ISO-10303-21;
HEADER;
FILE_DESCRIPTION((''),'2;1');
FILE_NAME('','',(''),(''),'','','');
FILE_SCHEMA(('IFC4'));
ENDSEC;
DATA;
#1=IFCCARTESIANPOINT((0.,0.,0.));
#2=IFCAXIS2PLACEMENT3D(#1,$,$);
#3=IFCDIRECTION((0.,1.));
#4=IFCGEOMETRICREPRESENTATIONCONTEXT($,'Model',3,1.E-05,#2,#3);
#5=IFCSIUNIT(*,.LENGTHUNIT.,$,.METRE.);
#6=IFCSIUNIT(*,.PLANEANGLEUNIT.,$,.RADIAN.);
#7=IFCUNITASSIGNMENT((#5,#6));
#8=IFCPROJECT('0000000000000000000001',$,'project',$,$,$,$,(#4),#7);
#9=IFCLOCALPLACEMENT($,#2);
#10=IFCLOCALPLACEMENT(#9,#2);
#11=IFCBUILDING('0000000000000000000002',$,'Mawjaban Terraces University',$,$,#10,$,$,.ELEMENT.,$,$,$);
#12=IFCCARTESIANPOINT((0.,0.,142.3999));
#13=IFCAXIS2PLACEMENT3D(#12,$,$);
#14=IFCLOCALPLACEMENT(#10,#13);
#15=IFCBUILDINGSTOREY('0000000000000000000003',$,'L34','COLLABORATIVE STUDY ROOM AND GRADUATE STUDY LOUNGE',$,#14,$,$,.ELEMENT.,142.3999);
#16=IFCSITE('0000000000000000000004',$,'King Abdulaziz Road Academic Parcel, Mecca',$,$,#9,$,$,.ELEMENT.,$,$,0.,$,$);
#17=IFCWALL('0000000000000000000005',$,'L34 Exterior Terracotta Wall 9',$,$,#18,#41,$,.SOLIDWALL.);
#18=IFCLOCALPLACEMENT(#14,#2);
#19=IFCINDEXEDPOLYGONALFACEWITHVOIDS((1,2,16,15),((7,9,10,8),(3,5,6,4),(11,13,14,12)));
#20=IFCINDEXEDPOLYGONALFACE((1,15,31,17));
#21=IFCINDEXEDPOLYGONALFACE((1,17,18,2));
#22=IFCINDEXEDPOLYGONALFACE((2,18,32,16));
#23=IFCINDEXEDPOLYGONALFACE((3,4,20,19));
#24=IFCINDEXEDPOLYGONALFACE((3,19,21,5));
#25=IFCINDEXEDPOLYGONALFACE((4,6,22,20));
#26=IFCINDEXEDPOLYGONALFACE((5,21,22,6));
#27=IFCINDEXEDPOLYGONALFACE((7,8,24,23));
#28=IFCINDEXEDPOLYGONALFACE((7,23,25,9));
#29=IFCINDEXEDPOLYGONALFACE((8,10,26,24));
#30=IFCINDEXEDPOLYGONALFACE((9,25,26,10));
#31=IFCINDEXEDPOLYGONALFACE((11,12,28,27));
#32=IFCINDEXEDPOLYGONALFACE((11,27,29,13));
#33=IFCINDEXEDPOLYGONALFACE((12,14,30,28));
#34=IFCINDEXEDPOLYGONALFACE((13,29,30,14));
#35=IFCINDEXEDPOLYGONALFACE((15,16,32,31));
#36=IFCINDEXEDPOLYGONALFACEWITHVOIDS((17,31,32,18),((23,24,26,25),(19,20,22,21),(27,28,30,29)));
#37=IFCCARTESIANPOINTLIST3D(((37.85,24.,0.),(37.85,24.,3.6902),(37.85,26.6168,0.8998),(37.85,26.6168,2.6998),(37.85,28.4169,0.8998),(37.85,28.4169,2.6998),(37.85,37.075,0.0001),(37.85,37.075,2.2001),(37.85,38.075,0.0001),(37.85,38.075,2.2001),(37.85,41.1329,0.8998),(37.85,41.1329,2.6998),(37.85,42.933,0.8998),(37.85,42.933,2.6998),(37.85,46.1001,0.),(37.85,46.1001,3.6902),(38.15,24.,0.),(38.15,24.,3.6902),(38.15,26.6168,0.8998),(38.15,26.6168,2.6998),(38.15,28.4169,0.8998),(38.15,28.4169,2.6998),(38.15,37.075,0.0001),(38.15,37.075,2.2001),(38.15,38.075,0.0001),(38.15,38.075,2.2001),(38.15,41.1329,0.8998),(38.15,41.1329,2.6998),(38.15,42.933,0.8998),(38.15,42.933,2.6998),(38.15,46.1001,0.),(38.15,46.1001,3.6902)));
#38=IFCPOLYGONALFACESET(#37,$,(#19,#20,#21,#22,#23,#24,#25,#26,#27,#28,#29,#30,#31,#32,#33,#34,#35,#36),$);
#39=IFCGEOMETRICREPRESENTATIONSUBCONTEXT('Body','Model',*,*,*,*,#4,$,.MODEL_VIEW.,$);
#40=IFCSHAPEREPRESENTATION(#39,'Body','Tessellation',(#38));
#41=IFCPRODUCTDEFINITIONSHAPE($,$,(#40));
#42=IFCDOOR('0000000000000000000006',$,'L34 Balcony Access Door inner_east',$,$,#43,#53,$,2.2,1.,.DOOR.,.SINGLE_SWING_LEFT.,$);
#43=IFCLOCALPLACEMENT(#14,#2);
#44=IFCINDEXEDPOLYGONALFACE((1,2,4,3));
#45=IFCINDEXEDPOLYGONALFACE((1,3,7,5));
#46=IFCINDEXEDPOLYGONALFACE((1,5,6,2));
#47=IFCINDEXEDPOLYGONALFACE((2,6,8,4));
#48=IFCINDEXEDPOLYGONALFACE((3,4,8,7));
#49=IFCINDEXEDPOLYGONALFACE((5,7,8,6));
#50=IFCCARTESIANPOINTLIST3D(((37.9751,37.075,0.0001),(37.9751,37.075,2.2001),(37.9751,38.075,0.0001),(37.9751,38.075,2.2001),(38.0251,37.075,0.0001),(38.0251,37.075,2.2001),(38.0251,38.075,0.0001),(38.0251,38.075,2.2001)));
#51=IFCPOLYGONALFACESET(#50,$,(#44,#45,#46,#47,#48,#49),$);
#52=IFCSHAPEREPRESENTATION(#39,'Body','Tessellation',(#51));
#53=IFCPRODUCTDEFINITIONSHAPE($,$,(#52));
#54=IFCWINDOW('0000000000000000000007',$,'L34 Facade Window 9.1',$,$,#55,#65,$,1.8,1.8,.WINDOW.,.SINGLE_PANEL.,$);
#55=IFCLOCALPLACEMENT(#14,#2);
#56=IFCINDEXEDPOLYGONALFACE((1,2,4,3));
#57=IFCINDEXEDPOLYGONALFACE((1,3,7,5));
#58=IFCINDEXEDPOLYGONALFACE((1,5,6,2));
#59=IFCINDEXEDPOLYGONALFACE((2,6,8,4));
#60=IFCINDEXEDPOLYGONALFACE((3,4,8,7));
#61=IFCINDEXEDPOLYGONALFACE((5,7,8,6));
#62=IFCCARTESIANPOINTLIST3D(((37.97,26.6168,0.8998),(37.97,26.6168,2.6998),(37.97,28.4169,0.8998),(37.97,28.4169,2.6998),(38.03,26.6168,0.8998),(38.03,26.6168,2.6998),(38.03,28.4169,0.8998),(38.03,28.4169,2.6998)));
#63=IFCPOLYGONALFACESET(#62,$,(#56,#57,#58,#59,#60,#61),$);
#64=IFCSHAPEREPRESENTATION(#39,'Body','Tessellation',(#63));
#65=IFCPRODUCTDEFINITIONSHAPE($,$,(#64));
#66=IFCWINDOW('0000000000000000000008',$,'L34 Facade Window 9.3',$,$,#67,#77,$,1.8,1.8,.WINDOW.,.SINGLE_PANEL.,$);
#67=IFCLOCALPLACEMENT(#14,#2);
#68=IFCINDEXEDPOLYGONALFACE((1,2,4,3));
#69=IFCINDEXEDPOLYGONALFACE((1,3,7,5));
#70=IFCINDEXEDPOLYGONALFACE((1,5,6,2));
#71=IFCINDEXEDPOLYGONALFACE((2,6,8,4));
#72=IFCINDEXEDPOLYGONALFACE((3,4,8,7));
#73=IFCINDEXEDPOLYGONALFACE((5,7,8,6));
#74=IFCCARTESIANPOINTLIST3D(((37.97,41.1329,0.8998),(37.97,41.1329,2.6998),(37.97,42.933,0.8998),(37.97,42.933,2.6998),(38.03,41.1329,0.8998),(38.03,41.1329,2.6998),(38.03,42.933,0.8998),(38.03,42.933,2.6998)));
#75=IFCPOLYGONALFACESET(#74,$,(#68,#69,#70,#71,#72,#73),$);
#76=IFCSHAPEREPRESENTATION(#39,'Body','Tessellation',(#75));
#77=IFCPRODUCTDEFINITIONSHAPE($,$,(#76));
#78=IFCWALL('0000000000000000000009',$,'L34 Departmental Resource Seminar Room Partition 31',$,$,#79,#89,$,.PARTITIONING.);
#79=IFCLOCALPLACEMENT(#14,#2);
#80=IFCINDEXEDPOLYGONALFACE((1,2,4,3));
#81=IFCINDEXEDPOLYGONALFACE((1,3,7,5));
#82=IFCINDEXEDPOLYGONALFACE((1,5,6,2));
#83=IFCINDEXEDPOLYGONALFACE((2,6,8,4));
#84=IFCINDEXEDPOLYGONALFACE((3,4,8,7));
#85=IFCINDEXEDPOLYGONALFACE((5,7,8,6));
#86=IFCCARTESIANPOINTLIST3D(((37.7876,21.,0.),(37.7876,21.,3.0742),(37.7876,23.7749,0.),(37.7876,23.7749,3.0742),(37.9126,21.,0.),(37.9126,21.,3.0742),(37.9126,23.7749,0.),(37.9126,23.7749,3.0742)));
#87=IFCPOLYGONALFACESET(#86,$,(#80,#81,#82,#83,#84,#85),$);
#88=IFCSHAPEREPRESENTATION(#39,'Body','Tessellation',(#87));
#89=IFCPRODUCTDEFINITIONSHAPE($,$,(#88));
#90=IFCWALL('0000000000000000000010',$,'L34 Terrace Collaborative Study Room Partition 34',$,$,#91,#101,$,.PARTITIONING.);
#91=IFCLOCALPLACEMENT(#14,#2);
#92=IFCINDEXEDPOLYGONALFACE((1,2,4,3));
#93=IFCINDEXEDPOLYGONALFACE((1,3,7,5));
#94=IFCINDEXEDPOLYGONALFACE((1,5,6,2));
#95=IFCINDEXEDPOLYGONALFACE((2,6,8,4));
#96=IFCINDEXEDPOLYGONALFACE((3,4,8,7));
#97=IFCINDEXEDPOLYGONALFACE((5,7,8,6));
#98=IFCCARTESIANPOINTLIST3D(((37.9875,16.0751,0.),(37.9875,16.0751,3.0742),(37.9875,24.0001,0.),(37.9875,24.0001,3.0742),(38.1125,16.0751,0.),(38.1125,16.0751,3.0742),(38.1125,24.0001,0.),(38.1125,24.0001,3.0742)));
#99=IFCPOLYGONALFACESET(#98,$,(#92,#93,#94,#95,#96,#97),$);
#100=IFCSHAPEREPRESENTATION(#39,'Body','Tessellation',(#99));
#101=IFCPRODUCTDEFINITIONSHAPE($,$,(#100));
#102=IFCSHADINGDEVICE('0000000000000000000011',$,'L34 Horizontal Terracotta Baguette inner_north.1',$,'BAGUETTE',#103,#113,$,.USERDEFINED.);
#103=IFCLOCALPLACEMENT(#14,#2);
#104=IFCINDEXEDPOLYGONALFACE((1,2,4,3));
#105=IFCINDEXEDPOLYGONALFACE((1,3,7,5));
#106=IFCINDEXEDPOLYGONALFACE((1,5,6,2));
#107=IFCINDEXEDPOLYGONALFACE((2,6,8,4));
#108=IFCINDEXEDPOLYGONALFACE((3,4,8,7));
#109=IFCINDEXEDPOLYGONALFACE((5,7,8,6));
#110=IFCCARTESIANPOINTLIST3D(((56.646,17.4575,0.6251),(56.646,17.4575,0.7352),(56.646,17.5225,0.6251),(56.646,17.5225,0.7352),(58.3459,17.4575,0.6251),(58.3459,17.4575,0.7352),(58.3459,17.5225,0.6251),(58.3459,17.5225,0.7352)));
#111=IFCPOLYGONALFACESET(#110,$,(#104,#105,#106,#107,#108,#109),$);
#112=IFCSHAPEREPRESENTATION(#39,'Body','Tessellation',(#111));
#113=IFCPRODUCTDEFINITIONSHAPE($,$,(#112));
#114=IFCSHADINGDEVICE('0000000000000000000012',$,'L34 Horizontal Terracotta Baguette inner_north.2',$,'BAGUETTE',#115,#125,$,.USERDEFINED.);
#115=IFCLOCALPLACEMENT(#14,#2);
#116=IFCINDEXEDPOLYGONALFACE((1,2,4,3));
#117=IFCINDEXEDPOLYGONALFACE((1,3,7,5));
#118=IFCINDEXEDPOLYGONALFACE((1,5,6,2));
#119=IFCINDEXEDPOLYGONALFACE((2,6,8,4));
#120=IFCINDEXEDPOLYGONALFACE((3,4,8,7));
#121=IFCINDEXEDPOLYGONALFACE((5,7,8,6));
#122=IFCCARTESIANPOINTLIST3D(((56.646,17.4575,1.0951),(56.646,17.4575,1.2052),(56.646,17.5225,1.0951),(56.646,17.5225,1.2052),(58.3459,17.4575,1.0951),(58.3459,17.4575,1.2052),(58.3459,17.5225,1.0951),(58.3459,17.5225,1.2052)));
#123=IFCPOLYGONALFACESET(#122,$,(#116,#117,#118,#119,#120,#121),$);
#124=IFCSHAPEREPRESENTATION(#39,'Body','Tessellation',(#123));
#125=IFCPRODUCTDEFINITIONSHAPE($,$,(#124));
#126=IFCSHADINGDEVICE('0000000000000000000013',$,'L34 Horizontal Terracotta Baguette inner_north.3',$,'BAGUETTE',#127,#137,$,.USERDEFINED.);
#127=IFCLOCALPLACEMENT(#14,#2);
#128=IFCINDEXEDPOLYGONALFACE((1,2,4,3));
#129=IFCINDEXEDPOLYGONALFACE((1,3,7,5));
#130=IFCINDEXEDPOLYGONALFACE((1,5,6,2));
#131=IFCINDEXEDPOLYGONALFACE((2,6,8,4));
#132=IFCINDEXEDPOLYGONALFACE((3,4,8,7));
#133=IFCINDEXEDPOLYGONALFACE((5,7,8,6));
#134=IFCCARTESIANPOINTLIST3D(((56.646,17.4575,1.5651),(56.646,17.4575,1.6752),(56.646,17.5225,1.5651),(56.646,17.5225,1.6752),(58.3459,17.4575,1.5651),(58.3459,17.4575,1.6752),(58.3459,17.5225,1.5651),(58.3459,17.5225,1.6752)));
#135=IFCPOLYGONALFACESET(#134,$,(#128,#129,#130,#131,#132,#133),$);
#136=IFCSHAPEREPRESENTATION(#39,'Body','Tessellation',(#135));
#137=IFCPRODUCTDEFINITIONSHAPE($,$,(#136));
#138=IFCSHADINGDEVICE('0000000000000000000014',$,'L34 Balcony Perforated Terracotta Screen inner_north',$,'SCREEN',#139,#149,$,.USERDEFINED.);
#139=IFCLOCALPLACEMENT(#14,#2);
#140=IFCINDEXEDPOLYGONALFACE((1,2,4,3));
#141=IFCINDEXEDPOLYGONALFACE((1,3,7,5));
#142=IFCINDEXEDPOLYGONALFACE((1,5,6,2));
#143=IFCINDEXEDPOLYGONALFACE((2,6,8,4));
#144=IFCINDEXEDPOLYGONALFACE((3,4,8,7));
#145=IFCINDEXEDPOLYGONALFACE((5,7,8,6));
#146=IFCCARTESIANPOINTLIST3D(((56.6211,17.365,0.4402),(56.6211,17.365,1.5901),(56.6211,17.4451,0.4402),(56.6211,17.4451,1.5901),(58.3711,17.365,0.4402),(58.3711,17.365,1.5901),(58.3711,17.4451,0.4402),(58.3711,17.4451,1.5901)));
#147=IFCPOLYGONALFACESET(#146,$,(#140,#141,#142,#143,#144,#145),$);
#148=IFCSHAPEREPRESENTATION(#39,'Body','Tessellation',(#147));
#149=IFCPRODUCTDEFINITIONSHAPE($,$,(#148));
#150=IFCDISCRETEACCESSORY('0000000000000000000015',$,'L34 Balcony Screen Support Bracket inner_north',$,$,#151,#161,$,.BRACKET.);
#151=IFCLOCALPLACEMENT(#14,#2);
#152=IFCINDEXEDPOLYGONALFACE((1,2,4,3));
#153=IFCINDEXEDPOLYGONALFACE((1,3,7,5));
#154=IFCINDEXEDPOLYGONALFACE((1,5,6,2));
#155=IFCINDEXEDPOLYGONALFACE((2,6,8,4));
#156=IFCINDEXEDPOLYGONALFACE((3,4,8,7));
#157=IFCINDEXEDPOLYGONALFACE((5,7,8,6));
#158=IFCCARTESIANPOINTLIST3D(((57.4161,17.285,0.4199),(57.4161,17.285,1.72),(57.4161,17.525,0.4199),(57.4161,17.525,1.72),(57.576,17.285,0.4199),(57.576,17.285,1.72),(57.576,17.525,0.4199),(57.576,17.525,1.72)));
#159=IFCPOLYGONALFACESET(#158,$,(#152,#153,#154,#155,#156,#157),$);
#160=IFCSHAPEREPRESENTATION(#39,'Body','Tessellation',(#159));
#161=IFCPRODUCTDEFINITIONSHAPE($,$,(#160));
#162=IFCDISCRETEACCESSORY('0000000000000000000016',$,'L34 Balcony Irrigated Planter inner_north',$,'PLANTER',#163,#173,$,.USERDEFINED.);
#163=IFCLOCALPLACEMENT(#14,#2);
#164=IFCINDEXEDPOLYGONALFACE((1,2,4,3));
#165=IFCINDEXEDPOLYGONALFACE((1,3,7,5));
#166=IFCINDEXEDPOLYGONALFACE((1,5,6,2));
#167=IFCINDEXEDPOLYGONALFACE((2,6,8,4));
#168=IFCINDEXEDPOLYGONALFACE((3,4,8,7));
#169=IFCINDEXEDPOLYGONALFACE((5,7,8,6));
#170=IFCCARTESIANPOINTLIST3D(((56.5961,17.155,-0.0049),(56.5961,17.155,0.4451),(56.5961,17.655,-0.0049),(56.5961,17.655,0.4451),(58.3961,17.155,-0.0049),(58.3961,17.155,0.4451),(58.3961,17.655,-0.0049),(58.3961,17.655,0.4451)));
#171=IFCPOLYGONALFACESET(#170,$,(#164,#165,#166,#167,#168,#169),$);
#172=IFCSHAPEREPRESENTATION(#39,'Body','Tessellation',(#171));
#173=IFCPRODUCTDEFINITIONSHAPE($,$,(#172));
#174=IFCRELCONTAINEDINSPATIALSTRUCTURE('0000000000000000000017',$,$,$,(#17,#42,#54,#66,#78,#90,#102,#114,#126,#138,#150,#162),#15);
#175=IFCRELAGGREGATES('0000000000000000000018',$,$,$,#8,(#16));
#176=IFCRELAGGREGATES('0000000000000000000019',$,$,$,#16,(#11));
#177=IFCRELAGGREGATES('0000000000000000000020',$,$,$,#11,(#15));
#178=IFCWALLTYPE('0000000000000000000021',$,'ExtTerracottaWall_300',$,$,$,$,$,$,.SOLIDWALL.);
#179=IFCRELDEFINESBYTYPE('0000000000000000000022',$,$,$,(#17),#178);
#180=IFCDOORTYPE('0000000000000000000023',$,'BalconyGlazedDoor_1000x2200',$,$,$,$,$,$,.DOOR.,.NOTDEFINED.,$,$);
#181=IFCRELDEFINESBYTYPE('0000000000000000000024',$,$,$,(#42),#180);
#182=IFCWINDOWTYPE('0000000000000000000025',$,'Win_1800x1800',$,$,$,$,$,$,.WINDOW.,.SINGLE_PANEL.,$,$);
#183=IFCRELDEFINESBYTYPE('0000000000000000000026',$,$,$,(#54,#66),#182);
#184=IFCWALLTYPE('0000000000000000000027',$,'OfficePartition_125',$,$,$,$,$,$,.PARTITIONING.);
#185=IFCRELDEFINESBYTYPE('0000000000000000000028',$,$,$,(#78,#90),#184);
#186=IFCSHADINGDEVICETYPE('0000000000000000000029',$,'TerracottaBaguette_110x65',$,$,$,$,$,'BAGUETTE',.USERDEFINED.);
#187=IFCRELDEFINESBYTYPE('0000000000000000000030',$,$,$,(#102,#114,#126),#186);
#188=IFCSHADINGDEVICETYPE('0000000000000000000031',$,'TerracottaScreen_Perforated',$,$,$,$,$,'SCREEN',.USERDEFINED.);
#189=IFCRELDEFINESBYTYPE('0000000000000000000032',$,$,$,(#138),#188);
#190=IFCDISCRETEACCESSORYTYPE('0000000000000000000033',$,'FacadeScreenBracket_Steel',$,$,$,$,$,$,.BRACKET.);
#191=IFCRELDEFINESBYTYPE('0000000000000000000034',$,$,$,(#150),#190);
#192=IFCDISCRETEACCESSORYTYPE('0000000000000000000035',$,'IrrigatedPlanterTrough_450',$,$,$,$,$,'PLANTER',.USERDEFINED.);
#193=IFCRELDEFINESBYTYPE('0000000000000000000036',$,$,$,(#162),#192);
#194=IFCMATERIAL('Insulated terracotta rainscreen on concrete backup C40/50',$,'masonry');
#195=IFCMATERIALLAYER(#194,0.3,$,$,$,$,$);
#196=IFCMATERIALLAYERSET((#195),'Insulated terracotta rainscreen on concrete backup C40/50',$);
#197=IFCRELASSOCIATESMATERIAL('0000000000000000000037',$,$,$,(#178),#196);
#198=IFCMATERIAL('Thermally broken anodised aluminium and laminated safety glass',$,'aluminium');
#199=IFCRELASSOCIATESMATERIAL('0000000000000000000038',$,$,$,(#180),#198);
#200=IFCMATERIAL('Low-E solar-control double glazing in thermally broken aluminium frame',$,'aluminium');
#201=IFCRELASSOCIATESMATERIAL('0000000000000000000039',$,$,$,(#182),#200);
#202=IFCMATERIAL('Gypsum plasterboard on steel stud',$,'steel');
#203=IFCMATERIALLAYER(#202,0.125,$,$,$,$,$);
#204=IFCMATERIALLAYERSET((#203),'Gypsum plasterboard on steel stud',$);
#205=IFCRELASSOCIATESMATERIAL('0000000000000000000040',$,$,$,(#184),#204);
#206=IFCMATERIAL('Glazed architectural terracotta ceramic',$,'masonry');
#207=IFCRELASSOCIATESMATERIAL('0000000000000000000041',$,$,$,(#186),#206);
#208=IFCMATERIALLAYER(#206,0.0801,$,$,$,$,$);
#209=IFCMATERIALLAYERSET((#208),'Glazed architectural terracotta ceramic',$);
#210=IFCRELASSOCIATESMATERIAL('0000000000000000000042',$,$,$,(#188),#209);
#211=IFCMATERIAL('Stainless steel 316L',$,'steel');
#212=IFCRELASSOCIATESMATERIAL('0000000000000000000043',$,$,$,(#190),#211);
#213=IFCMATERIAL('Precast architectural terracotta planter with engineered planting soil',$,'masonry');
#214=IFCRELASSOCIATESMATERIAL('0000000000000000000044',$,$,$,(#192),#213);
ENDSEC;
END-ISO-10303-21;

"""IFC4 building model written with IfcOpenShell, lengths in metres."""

from ifc_helpers import new_model, si_unit, direction, frame, frame_2d, origin, origin_2d, place, context, subcontext, project, spatial, rectangle, extrude, material, layer, layer_set, material_profile, profile_set, type_object, element, fill, save


model = new_model("IFC4")

# Units and contexts
model_context = context("Model", 3, precision=1e-05, world=origin(), true_north=direction((0.0, 1.0)))
body_context = subcontext(model_context, "Body", "Model", "MODEL_VIEW")
ifc_project = project(units=[si_unit("LENGTHUNIT", "METRE"), si_unit("PLANEANGLEUNIT", "RADIAN")], contexts=[model_context])

# Site, building, storey
site_placement = place(None, origin())
site = spatial("IfcSite", under=ifc_project, at=site_placement, Name="King Abdulaziz Road Academic Parcel, Mecca", CompositionType="ELEMENT", RefElevation=0.0)
building_placement = place(site_placement, origin())
building = spatial("IfcBuilding", under=site, at=building_placement, Name="Mawjaban Terraces University", CompositionType="ELEMENT")
storey_placement = place(building_placement, frame((0.0, 0.0, 142.3999)))
storey = spatial("IfcBuildingStorey", under=building, at=storey_placement, Name="L34", Description="COLLABORATIVE STUDY ROOM AND GRADUATE STUDY LOUNGE", CompositionType="ELEMENT", Elevation=142.3999)

# Shared definitions
ifc_material_1 = material(Name="Insulated terracotta rainscreen on concrete backup C40/50", Category="masonry")
ifc_layer_1 = layer(ifc_material_1, 0.3)
ifc_layer_set_1 = layer_set([ifc_layer_1], Name="Insulated terracotta rainscreen on concrete backup C40/50")
wall_type_1 = type_object("IfcWallType", Name="ExtTerracottaWall_300", PredefinedType="SOLIDWALL", material=ifc_layer_set_1)

# Wall, openings, door, windows
wall_1_placement = place(storey_placement, frame((38.0, 24.0, 0.0), z_axis=(0.0, 0.0, 1.0), x_axis=(0.0, 1.0, 0.0)))
wall_1 = element("IfcWall", 1, at=wall_1_placement, inside=storey, type_object=wall_type_1, Name="L34 Exterior Terracotta Wall 9", PredefinedType="SOLIDWALL", context=body_context, shape_type="SweptSolid", body=[
    extrude(rectangle(XDim=22.1001, YDim=0.3, at=frame_2d((11.05, 0.0))), origin(), (0.0, 0.0, 1.0), 3.6902),
])
opening_1_placement = place(wall_1_placement, frame((13.075, 0.0, 0.0)))
opening_1 = element("IfcOpeningElement", 2, at=opening_1_placement, cuts=wall_1, PredefinedType="OPENING", context=body_context, shape_type="SweptSolid", body=[
    extrude(rectangle(XDim=1.0, YDim=2.2, at=frame_2d((0.5, 1.1001))), frame((0.0, 0.1599, 0.0), z_axis=(0.0, -1.0, 0.0), x_axis=(1.0, 0.0, 0.0)), (0.0, 0.0, 1.0), 0.3201),
])
opening_2_placement = place(wall_1_placement, frame((2.6169, 0.0, 0.8999)))
opening_2 = element("IfcOpeningElement", 3, at=opening_2_placement, cuts=wall_1, PredefinedType="OPENING", context=body_context, shape_type="SweptSolid", body=[
    extrude(rectangle(XDim=1.8, YDim=1.8, at=frame_2d((0.8999, 0.8999))), frame((0.0, 0.1599, 0.0), z_axis=(0.0, -1.0, 0.0), x_axis=(1.0, 0.0, 0.0)), (0.0, 0.0, 1.0), 0.3201),
])
opening_3_placement = place(wall_1_placement, frame((17.1331, 0.0, 0.8999)))
opening_3 = element("IfcOpeningElement", 4, at=opening_3_placement, cuts=wall_1, PredefinedType="OPENING", context=body_context, shape_type="SweptSolid", body=[
    extrude(rectangle(XDim=1.8, YDim=1.8, at=frame_2d((0.8999, 0.8999))), frame((0.0, 0.1599, 0.0), z_axis=(0.0, -1.0, 0.0), x_axis=(1.0, 0.0, 0.0)), (0.0, 0.0, 1.0), 0.3201),
])
ifc_material_2 = material(Name="Thermally broken anodised aluminium and laminated safety glass", Category="aluminium")
door_type_1 = type_object("IfcDoorType", Name="BalconyGlazedDoor_1000x2200", OperationType="NOTDEFINED", PredefinedType="DOOR", material=ifc_material_2)
door_1_placement = place(opening_1_placement, origin())
door_1 = element("IfcDoor", 5, at=door_1_placement, inside=storey, type_object=door_type_1, Name="L34 Balcony Access Door inner_east", OperationType="SINGLE_SWING_LEFT", OverallHeight=2.2, OverallWidth=1.0, PredefinedType="DOOR", context=body_context, shape_type="SweptSolid", body=[
    extrude(rectangle(XDim=1.0, YDim=2.2, at=frame_2d((0.5, 1.1001))), frame((0.0, 0.0249, 0.0), z_axis=(0.0, -1.0, 0.0), x_axis=(1.0, 0.0, 0.0)), (0.0, 0.0, 1.0), 0.05),
])
fill(opening_1, door_1)
ifc_material_3 = material(Name="Low-E solar-control double glazing in thermally broken aluminium frame", Category="aluminium")
window_type = type_object("IfcWindowType", Name="Win_1800x1800", PartitioningType="SINGLE_PANEL", PredefinedType="WINDOW", material=ifc_material_3)
window_1_placement = place(opening_2_placement, origin())
window_1 = element("IfcWindow", 6, at=window_1_placement, inside=storey, type_object=window_type, Name="L34 Facade Window 9.1", OverallHeight=1.8, OverallWidth=1.8, PartitioningType="SINGLE_PANEL", PredefinedType="WINDOW", context=body_context, shape_type="SweptSolid", body=[
    extrude(rectangle(XDim=1.8, YDim=1.8, at=frame_2d((0.8999, 0.8999))), frame((0.0, 0.03, 0.0), z_axis=(0.0, -1.0, 0.0), x_axis=(1.0, 0.0, 0.0)), (0.0, 0.0, 1.0), 0.0601),
])
fill(opening_2, window_1)
window_2_placement = place(opening_3_placement, origin())
window_2 = element("IfcWindow", 7, at=window_2_placement, inside=storey, type_object=window_type, Name="L34 Facade Window 9.3", OverallHeight=1.8, OverallWidth=1.8, PartitioningType="SINGLE_PANEL", PredefinedType="WINDOW", context=body_context, shape_type="SweptSolid", body=[
    extrude(rectangle(XDim=1.8, YDim=1.8, at=frame_2d((0.8999, 0.8999))), frame((0.0, 0.03, 0.0), z_axis=(0.0, -1.0, 0.0), x_axis=(1.0, 0.0, 0.0)), (0.0, 0.0, 1.0), 0.0601),
])
fill(opening_3, window_2)

# Walls
ifc_material_4 = material(Name="Gypsum plasterboard on steel stud", Category="steel")
ifc_layer_2 = layer(ifc_material_4, 0.125)
ifc_layer_set_2 = layer_set([ifc_layer_2], Name="Gypsum plasterboard on steel stud")
wall_type_2 = type_object("IfcWallType", Name="OfficePartition_125", PredefinedType="PARTITIONING", material=ifc_layer_set_2)
wall_2_placement = place(storey_placement, frame((37.8501, 21.0, 0.0), z_axis=(0.0, 0.0, 1.0), x_axis=(0.0, 1.0, 0.0)))
element("IfcWall", 8, at=wall_2_placement, inside=storey, type_object=wall_type_2, Name="L34 Departmental Resource Seminar Room Partition 31", PredefinedType="PARTITIONING", context=body_context, shape_type="SweptSolid", body=[
    extrude(rectangle(XDim=2.7749, YDim=0.125, at=frame_2d((1.3875, 0.0))), origin(), (0.0, 0.0, 1.0), 3.0742),
])
wall_3_placement = place(storey_placement, frame((38.05, 24.0, 0.0), z_axis=(0.0, 0.0, 1.0), x_axis=(0.0, -1.0, 0.0)))
element("IfcWall", 9, at=wall_3_placement, inside=storey, type_object=wall_type_2, Name="L34 Terrace Collaborative Study Room Partition 34", PredefinedType="PARTITIONING", context=body_context, shape_type="SweptSolid", body=[
    extrude(rectangle(XDim=7.925, YDim=0.125, at=frame_2d((3.9624, 0.0))), origin(), (0.0, 0.0, 1.0), 3.0742),
])

# Shading devices
ifc_material_5 = material(Name="Glazed architectural terracotta ceramic", Category="masonry")
ifc_material_profile_1 = material_profile(ifc_material_5, rectangle(XDim=0.0649, YDim=0.1101, at=origin_2d()), Name="TBAG110X65")
ifc_profile_set_1 = profile_set([ifc_material_profile_1], Name="Glazed architectural terracotta ceramic")
shading_device_type_1 = type_object("IfcShadingDeviceType", Name="TerracottaBaguette_110x65", ElementType="BAGUETTE", PredefinedType="USERDEFINED", material=ifc_profile_set_1)
for number, where, z_axis, x_axis, name in (
    (10, (56.646, 17.49, 0.6802), (1.0, 0.0, 0.0), (0.0, 1.0, 0.0), "L34 Horizontal Terracotta Baguette inner_north.1"),
    (11, (56.646, 17.49, 1.1501), (1.0, 0.0, 0.0), (0.0, 1.0, 0.0), "L34 Horizontal Terracotta Baguette inner_north.2"),
    (12, (56.646, 17.49, 1.6201), (1.0, 0.0, 0.0), (0.0, 1.0, 0.0), "L34 Horizontal Terracotta Baguette inner_north.3"),
):
    element("IfcShadingDevice", number, at=place(storey_placement, frame(where, z_axis=z_axis, x_axis=x_axis)), inside=storey, type_object=shading_device_type_1, Name=name, ObjectType="BAGUETTE", PredefinedType="USERDEFINED", context=body_context, shape_type="SweptSolid", body=[
        extrude(rectangle(XDim=0.0649, YDim=0.1101, at=origin_2d()), origin(), (0.0, 0.0, 1.0), 1.7),
    ])
ifc_layer_3 = layer(ifc_material_5, 0.0801)
ifc_layer_set_3 = layer_set([ifc_layer_3], Name="Glazed architectural terracotta ceramic")
shading_device_type_2 = type_object("IfcShadingDeviceType", Name="TerracottaScreen_Perforated", ElementType="SCREEN", PredefinedType="USERDEFINED", material=ifc_layer_set_3)
shading_device_placement = place(storey_placement, frame((57.4961, 17.405, 0.4402), z_axis=(0.0, 0.0, 1.0), x_axis=(1.0, 0.0, 0.0)))
element("IfcShadingDevice", 13, at=shading_device_placement, inside=storey, type_object=shading_device_type_2, Name="L34 Balcony Perforated Terracotta Screen inner_north", ObjectType="SCREEN", PredefinedType="USERDEFINED", context=body_context, shape_type="SweptSolid", body=[
    extrude(rectangle(XDim=1.75, YDim=0.0801, at=origin_2d()), origin(), (0.0, 0.0, 1.0), 1.1499),
])

# Discrete accessories
ifc_material_6 = material(Name="Stainless steel 316L", Category="steel")
discrete_accessory_type_1 = type_object("IfcDiscreteAccessoryType", Name="FacadeScreenBracket_Steel", PredefinedType="BRACKET", material=ifc_material_6)
discrete_accessory_1_placement = place(storey_placement, frame((57.4961, 17.405, 0.4199), z_axis=(0.0, 0.0, 1.0), x_axis=(1.0, 0.0, 0.0)))
element("IfcDiscreteAccessory", 14, at=discrete_accessory_1_placement, inside=storey, type_object=discrete_accessory_type_1, Name="L34 Balcony Screen Support Bracket inner_north", PredefinedType="BRACKET", context=body_context, shape_type="SweptSolid", body=[
    extrude(rectangle(XDim=0.1599, YDim=0.24, at=origin_2d()), origin(), (0.0, 0.0, 1.0), 1.3),
])
ifc_material_7 = material(Name="Precast architectural terracotta planter with engineered planting soil", Category="masonry")
discrete_accessory_type_2 = type_object("IfcDiscreteAccessoryType", Name="IrrigatedPlanterTrough_450", ElementType="PLANTER", PredefinedType="USERDEFINED", material=ifc_material_7)
discrete_accessory_2_placement = place(storey_placement, frame((57.4961, 17.405, -0.0049), z_axis=(0.0, 0.0, 1.0), x_axis=(1.0, 0.0, 0.0)))
element("IfcDiscreteAccessory", 15, at=discrete_accessory_2_placement, inside=storey, type_object=discrete_accessory_type_2, Name="L34 Balcony Irrigated Planter inner_north", ObjectType="PLANTER", PredefinedType="USERDEFINED", context=body_context, shape_type="SweptSolid", body=[
    extrude(rectangle(XDim=1.8, YDim=0.5, at=origin_2d()), origin(), (0.0, 0.0, 1.0), 0.45),
])

save(model, "model.ifc")
